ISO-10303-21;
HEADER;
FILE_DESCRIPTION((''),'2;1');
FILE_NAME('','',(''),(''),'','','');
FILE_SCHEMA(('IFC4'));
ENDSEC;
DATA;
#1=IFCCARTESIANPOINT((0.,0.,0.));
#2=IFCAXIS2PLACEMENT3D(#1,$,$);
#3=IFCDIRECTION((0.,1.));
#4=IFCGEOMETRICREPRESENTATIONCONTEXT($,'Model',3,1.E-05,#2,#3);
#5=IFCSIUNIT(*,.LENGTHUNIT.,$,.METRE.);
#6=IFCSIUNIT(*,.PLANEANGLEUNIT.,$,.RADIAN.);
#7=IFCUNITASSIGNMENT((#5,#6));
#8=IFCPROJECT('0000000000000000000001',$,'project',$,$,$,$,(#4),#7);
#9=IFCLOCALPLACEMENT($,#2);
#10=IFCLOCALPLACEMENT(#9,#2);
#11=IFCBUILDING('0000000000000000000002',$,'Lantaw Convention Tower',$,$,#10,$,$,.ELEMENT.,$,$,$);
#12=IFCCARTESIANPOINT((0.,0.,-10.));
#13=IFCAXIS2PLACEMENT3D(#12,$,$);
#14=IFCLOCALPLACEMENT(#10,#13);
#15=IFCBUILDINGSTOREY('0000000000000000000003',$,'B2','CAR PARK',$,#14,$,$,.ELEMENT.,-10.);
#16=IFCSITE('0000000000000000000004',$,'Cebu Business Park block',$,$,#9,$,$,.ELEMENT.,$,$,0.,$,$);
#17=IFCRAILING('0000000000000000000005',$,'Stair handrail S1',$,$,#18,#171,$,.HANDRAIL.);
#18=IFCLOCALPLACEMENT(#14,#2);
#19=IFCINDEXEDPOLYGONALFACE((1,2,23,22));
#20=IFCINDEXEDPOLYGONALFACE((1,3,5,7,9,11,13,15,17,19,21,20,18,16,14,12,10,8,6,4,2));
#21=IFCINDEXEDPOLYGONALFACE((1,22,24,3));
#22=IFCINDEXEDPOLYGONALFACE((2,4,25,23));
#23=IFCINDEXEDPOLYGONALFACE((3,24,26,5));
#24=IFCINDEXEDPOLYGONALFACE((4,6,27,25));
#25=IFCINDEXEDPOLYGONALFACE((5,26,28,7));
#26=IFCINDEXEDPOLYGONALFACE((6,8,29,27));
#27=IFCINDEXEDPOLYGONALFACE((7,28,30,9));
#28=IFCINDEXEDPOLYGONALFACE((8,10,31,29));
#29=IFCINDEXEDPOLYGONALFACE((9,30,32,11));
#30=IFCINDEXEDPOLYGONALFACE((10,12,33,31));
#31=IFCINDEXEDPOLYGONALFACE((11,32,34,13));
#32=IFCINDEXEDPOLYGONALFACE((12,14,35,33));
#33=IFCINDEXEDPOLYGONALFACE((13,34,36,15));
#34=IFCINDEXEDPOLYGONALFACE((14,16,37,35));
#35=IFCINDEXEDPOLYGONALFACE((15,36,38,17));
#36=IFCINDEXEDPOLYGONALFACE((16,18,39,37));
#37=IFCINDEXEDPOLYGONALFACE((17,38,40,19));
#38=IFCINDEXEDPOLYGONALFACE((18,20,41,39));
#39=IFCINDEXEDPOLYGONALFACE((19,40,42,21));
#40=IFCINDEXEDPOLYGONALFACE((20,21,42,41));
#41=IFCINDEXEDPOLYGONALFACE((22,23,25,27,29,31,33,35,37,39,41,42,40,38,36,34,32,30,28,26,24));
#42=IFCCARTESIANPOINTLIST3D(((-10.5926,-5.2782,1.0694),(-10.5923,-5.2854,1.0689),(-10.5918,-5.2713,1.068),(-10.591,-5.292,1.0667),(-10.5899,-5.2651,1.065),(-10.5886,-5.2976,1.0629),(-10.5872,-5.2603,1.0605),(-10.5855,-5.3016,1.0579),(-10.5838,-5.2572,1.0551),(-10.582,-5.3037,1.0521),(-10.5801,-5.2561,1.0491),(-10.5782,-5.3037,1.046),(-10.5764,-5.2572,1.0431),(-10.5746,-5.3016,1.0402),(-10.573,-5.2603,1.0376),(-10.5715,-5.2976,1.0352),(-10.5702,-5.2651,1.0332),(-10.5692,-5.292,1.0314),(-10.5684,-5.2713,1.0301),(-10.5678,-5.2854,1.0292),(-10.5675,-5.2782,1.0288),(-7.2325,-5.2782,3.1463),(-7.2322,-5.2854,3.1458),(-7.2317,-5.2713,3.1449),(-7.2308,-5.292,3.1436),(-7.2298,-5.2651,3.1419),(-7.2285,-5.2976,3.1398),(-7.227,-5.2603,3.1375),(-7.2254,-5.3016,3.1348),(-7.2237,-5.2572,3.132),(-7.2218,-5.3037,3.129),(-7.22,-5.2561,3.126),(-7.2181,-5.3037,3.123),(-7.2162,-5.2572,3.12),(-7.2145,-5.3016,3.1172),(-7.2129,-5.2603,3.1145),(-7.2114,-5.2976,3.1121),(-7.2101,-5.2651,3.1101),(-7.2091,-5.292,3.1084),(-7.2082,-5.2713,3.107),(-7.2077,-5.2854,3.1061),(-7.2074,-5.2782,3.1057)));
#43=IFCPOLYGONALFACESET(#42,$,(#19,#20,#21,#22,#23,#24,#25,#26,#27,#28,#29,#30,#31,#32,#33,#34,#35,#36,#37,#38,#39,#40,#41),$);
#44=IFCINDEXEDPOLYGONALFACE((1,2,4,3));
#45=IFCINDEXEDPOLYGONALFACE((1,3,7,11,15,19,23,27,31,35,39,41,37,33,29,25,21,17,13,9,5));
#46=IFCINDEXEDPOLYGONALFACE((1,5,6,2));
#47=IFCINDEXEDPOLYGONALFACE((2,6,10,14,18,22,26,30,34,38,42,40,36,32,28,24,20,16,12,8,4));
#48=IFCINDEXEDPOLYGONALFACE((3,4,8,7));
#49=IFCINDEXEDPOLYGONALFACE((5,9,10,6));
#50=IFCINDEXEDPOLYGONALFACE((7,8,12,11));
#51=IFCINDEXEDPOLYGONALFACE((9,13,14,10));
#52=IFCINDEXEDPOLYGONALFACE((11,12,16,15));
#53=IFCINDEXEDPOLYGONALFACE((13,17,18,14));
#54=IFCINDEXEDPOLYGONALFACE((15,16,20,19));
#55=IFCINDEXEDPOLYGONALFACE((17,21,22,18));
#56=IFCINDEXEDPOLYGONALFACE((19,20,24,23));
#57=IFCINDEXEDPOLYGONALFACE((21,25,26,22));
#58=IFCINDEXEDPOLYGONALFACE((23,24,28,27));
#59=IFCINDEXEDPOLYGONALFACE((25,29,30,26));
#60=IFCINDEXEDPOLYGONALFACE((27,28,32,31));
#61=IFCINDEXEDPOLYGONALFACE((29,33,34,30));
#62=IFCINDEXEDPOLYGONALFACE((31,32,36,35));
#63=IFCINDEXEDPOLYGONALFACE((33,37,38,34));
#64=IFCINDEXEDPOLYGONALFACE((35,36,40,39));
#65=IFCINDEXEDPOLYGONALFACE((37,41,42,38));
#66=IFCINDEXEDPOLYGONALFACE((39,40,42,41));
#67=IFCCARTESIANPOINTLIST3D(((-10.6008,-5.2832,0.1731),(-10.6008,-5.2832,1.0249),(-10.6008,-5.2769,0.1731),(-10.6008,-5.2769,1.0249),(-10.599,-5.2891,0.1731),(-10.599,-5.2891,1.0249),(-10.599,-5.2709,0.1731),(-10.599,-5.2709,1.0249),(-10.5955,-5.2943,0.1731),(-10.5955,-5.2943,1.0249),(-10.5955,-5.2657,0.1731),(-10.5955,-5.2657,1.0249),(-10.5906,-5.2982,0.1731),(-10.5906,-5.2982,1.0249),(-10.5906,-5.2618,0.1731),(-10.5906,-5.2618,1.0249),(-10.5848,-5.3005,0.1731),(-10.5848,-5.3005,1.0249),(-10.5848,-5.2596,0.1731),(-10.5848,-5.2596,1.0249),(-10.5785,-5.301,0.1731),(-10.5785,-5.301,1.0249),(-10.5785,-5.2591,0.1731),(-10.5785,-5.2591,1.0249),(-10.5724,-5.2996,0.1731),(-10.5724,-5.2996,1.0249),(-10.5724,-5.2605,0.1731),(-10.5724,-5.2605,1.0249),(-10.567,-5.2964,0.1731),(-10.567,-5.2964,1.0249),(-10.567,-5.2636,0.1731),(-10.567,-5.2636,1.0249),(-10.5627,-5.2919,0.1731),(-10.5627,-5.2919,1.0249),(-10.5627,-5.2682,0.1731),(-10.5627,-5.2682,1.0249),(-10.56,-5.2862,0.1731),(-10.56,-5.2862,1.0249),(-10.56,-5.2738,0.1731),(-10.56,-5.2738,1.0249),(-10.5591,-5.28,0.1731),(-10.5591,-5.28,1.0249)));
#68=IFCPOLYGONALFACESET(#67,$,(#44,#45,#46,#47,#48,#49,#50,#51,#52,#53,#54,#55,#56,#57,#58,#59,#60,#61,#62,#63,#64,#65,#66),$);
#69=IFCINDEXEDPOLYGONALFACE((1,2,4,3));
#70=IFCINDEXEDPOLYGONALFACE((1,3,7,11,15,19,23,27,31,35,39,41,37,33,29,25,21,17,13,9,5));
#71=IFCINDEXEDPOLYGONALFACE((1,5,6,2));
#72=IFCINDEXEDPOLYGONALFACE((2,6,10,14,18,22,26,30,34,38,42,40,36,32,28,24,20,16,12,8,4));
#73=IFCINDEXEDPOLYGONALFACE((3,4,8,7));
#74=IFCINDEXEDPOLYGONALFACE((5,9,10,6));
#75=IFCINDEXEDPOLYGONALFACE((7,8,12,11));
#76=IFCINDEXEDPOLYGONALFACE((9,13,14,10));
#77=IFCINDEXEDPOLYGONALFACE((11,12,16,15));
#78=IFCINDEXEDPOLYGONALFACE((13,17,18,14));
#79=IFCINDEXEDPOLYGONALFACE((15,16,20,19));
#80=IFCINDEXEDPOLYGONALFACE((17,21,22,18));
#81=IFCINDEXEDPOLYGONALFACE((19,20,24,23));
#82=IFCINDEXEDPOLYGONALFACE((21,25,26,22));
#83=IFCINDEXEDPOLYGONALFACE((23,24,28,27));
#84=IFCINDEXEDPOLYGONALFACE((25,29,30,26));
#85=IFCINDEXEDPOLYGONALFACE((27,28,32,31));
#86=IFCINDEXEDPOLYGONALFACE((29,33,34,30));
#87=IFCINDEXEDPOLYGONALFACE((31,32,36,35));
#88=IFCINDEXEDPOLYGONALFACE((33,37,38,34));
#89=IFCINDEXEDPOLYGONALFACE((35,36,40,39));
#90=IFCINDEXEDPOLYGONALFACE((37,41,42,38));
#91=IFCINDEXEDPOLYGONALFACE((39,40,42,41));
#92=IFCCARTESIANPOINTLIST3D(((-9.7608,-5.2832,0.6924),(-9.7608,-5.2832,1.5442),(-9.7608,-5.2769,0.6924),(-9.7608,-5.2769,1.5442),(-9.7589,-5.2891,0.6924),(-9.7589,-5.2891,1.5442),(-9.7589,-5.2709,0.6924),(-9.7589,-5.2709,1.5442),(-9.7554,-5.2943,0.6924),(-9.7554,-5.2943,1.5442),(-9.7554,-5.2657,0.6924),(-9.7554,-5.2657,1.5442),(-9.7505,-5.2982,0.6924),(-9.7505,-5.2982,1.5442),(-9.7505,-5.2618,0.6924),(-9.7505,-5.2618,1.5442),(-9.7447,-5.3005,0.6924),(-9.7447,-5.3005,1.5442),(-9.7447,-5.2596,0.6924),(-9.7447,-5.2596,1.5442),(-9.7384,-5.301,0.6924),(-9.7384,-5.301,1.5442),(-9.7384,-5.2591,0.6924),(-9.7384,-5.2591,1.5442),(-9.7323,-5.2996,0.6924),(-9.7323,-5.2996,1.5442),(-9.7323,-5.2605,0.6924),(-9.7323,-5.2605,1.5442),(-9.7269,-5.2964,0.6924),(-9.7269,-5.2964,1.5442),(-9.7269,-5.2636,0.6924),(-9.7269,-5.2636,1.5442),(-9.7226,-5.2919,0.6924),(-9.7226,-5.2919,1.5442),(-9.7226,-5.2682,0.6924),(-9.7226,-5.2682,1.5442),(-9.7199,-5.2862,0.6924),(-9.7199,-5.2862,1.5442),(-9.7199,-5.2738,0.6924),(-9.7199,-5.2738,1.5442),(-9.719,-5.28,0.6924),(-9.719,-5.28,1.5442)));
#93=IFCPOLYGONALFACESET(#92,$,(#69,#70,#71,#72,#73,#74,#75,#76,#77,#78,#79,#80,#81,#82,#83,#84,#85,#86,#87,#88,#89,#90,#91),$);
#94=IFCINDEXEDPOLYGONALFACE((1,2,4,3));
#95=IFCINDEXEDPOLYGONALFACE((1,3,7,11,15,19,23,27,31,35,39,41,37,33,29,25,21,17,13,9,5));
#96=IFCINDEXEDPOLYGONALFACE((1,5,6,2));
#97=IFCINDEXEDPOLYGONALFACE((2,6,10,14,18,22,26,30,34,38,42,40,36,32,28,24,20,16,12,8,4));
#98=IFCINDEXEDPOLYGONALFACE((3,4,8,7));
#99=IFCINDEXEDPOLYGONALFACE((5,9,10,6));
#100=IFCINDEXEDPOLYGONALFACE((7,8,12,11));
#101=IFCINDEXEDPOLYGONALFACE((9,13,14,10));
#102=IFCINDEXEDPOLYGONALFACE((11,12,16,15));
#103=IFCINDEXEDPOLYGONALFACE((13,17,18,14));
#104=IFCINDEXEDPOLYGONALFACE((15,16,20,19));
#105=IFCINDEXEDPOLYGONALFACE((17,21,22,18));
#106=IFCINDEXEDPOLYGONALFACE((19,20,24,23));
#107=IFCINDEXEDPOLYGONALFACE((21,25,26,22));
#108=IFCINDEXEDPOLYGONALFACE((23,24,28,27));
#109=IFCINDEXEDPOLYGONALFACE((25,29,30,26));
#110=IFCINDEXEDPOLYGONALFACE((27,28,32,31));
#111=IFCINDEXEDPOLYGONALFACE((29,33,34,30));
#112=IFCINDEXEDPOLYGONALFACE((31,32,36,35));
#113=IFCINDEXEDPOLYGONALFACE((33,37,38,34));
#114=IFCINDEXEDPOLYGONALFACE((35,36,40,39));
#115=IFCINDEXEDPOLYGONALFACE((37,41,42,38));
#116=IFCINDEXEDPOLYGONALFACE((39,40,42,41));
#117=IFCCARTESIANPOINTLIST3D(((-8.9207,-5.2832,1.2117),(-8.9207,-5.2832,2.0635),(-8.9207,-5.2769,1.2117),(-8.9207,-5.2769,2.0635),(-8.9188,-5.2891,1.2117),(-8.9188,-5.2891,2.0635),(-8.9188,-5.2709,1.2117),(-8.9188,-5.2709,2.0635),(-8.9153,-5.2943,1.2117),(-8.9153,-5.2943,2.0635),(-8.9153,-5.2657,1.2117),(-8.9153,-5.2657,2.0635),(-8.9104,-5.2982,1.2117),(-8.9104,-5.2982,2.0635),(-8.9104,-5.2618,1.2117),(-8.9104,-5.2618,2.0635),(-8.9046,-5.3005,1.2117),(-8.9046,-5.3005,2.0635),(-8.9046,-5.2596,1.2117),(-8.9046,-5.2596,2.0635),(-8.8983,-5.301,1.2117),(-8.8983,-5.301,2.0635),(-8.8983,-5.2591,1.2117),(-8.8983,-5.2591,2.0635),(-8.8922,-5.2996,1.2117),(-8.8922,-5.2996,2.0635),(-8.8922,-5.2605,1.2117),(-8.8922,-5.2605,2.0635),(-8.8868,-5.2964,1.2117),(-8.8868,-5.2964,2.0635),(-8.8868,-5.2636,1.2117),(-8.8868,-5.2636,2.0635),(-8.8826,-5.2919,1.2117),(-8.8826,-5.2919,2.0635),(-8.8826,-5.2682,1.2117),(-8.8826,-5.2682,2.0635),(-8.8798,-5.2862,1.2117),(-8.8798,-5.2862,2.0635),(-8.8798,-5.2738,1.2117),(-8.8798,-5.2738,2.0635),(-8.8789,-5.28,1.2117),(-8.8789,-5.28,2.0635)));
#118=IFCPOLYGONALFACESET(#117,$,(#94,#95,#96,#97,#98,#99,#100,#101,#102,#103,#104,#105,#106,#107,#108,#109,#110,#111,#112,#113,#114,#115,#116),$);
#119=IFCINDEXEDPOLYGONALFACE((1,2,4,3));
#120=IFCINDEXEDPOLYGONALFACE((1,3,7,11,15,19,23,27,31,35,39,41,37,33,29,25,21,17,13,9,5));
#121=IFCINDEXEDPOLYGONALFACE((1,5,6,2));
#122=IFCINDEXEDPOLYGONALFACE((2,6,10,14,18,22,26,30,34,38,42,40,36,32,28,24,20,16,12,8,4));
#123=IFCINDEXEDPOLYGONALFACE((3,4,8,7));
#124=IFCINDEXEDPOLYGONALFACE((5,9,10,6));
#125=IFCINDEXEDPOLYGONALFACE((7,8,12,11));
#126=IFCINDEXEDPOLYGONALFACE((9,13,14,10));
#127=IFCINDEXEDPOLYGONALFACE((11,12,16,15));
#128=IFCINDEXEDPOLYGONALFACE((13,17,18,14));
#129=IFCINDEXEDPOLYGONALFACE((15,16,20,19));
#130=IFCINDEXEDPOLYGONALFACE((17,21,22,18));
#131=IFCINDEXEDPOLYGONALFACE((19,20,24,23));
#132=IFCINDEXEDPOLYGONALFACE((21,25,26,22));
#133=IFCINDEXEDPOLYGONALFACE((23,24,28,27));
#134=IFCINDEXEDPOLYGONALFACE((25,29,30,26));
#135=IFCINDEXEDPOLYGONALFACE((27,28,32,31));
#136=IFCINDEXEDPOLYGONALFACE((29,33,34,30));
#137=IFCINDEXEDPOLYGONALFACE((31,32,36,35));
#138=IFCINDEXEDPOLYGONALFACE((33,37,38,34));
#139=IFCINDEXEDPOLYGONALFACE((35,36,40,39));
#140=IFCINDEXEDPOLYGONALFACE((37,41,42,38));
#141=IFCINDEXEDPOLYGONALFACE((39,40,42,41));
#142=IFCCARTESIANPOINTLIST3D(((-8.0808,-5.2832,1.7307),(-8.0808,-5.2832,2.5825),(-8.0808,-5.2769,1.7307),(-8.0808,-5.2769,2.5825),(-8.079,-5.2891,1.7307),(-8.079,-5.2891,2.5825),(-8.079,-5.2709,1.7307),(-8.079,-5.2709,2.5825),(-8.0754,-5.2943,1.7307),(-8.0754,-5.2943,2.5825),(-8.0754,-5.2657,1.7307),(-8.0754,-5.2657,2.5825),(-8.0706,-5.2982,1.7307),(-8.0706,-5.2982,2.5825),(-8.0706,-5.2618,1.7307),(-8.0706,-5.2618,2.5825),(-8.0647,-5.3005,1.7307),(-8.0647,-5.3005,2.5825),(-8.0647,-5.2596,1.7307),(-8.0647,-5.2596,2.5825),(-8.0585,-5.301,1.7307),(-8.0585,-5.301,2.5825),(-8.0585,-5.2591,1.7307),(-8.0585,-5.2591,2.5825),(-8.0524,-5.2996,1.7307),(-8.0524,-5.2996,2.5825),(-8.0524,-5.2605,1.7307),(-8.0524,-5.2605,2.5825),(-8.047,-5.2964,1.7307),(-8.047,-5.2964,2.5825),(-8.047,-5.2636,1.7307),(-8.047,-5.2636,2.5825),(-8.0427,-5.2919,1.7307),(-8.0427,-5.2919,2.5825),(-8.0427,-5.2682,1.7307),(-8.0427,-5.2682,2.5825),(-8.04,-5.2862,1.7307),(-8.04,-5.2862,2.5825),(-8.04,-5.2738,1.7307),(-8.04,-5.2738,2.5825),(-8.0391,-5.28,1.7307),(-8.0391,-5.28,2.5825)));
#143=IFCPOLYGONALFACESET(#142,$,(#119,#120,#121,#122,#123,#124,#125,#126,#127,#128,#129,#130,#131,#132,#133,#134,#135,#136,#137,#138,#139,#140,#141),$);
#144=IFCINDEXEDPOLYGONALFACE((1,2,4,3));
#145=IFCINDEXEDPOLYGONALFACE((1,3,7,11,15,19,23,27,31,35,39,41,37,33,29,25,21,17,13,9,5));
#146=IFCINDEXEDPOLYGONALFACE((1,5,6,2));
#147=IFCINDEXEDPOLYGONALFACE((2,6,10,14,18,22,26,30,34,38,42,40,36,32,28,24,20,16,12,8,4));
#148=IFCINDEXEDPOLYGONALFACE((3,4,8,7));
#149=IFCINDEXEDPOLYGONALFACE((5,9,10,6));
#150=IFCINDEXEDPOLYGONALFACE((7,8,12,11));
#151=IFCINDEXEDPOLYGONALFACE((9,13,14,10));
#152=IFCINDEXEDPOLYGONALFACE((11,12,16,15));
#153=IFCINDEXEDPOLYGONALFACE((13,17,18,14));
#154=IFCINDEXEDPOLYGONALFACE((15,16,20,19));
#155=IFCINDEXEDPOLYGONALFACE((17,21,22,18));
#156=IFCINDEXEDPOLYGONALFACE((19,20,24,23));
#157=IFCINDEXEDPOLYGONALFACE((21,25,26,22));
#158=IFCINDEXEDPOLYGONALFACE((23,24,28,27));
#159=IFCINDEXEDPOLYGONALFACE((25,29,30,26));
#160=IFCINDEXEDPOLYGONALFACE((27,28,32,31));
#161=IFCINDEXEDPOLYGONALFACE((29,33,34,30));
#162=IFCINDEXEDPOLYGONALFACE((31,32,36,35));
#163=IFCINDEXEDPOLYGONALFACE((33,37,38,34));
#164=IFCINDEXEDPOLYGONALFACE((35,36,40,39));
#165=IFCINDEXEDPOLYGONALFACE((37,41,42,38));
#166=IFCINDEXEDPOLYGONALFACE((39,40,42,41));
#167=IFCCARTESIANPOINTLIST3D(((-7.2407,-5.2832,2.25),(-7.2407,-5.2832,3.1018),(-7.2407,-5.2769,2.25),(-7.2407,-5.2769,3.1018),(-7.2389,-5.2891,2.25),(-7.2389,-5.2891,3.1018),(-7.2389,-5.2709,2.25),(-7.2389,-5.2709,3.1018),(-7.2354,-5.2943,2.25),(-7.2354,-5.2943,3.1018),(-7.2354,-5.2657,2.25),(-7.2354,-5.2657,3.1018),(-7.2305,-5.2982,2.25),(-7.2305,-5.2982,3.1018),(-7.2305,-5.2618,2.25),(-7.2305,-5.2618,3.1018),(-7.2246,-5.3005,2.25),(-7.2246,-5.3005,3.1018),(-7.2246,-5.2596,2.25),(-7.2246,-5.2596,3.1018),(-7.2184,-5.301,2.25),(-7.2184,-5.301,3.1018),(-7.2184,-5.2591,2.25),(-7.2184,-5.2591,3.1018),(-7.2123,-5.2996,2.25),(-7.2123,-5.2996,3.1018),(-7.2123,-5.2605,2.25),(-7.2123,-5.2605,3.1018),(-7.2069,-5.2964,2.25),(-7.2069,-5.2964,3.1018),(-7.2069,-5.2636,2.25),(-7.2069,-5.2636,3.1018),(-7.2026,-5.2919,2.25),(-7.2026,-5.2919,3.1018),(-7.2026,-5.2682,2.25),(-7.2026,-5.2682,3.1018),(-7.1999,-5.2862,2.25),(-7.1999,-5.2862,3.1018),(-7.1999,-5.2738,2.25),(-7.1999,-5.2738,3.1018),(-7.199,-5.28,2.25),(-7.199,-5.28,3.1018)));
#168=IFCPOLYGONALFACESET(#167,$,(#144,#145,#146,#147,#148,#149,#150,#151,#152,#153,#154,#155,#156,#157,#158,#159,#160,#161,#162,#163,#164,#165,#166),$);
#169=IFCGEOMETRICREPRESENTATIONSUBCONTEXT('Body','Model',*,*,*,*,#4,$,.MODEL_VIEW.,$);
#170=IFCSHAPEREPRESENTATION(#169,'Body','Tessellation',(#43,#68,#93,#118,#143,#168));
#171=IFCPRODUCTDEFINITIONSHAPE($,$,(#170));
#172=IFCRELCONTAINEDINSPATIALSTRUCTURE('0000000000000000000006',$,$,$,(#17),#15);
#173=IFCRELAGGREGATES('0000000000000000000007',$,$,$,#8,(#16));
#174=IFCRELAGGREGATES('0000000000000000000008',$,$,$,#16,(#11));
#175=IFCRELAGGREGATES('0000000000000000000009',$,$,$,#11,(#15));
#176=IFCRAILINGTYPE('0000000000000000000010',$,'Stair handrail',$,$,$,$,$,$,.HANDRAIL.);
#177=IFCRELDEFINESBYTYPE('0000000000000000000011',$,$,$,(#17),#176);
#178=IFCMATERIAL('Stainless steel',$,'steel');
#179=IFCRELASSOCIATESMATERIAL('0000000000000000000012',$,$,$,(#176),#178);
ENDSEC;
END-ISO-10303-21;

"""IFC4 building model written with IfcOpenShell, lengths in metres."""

from ifc_helpers import new_model, si_unit, direction, frame, origin, origin_2d, place, context, subcontext, project, spatial, circle, extrude, material, type_object, element, save


model = new_model("IFC4")

# Units and contexts
model_context = context("Model", 3, precision=1e-05, world=origin(), true_north=direction((0.0, 1.0)))
body_context = subcontext(model_context, "Body", "Model", "MODEL_VIEW")
ifc_project = project(units=[si_unit("LENGTHUNIT", "METRE"), si_unit("PLANEANGLEUNIT", "RADIAN")], contexts=[model_context])

# Site, building, storey
site_placement = place(None, origin())
site = spatial("IfcSite", under=ifc_project, at=site_placement, Name="Cebu Business Park block", CompositionType="ELEMENT", RefElevation=0.0)
building_placement = place(site_placement, origin())
building = spatial("IfcBuilding", under=site, at=building_placement, Name="Lantaw Convention Tower", CompositionType="ELEMENT")
storey_placement = place(building_placement, frame((0.0, 0.0, -10.0)))
storey = spatial("IfcBuildingStorey", under=building, at=storey_placement, Name="B2", Description="CAR PARK", CompositionType="ELEMENT", Elevation=-10.0)

# Railing
ifc_material_1 = material(Name="Stainless steel", Category="steel")
railing_type = type_object("IfcRailingType", Name="Stair handrail", PredefinedType="HANDRAIL", material=ifc_material_1)
railing_1_placement = place(storey_placement, frame((-10.5801, -5.28, 0.1731)))
element("IfcRailing", 1, at=railing_1_placement, inside=storey, type_object=railing_type, Name="Stair handrail S1", PredefinedType="HANDRAIL", context=body_context, shape_type="SweptSolid", body=[
    extrude(circle(Radius=0.0239, at=origin_2d()), frame((0.0, 0.0, 0.876), z_axis=(0.850623, 0.0, 0.525776), x_axis=(0.0, 1.0, 0.0)), (0.0, 0.0, 1.0), 3.9502),
    extrude(circle(Radius=0.021, at=origin_2d()), origin(), (0.0, 0.0, 1.0), 0.8518),
    extrude(circle(Radius=0.021, at=origin_2d()), frame((0.8401, 0.0, 0.5193)), (0.0, 0.0, 1.0), 0.8518),
    extrude(circle(Radius=0.021, at=origin_2d()), frame((1.6802, 0.0, 1.0386)), (0.0, 0.0, 1.0), 0.8518),
    extrude(circle(Radius=0.021, at=origin_2d()), frame((2.52, 0.0, 1.5576)), (0.0, 0.0, 1.0), 0.8518),
    extrude(circle(Radius=0.021, at=origin_2d()), frame((3.3601, 0.0, 2.0769)), (0.0, 0.0, 1.0), 0.8518),
])

save(model, "model.ifc")
